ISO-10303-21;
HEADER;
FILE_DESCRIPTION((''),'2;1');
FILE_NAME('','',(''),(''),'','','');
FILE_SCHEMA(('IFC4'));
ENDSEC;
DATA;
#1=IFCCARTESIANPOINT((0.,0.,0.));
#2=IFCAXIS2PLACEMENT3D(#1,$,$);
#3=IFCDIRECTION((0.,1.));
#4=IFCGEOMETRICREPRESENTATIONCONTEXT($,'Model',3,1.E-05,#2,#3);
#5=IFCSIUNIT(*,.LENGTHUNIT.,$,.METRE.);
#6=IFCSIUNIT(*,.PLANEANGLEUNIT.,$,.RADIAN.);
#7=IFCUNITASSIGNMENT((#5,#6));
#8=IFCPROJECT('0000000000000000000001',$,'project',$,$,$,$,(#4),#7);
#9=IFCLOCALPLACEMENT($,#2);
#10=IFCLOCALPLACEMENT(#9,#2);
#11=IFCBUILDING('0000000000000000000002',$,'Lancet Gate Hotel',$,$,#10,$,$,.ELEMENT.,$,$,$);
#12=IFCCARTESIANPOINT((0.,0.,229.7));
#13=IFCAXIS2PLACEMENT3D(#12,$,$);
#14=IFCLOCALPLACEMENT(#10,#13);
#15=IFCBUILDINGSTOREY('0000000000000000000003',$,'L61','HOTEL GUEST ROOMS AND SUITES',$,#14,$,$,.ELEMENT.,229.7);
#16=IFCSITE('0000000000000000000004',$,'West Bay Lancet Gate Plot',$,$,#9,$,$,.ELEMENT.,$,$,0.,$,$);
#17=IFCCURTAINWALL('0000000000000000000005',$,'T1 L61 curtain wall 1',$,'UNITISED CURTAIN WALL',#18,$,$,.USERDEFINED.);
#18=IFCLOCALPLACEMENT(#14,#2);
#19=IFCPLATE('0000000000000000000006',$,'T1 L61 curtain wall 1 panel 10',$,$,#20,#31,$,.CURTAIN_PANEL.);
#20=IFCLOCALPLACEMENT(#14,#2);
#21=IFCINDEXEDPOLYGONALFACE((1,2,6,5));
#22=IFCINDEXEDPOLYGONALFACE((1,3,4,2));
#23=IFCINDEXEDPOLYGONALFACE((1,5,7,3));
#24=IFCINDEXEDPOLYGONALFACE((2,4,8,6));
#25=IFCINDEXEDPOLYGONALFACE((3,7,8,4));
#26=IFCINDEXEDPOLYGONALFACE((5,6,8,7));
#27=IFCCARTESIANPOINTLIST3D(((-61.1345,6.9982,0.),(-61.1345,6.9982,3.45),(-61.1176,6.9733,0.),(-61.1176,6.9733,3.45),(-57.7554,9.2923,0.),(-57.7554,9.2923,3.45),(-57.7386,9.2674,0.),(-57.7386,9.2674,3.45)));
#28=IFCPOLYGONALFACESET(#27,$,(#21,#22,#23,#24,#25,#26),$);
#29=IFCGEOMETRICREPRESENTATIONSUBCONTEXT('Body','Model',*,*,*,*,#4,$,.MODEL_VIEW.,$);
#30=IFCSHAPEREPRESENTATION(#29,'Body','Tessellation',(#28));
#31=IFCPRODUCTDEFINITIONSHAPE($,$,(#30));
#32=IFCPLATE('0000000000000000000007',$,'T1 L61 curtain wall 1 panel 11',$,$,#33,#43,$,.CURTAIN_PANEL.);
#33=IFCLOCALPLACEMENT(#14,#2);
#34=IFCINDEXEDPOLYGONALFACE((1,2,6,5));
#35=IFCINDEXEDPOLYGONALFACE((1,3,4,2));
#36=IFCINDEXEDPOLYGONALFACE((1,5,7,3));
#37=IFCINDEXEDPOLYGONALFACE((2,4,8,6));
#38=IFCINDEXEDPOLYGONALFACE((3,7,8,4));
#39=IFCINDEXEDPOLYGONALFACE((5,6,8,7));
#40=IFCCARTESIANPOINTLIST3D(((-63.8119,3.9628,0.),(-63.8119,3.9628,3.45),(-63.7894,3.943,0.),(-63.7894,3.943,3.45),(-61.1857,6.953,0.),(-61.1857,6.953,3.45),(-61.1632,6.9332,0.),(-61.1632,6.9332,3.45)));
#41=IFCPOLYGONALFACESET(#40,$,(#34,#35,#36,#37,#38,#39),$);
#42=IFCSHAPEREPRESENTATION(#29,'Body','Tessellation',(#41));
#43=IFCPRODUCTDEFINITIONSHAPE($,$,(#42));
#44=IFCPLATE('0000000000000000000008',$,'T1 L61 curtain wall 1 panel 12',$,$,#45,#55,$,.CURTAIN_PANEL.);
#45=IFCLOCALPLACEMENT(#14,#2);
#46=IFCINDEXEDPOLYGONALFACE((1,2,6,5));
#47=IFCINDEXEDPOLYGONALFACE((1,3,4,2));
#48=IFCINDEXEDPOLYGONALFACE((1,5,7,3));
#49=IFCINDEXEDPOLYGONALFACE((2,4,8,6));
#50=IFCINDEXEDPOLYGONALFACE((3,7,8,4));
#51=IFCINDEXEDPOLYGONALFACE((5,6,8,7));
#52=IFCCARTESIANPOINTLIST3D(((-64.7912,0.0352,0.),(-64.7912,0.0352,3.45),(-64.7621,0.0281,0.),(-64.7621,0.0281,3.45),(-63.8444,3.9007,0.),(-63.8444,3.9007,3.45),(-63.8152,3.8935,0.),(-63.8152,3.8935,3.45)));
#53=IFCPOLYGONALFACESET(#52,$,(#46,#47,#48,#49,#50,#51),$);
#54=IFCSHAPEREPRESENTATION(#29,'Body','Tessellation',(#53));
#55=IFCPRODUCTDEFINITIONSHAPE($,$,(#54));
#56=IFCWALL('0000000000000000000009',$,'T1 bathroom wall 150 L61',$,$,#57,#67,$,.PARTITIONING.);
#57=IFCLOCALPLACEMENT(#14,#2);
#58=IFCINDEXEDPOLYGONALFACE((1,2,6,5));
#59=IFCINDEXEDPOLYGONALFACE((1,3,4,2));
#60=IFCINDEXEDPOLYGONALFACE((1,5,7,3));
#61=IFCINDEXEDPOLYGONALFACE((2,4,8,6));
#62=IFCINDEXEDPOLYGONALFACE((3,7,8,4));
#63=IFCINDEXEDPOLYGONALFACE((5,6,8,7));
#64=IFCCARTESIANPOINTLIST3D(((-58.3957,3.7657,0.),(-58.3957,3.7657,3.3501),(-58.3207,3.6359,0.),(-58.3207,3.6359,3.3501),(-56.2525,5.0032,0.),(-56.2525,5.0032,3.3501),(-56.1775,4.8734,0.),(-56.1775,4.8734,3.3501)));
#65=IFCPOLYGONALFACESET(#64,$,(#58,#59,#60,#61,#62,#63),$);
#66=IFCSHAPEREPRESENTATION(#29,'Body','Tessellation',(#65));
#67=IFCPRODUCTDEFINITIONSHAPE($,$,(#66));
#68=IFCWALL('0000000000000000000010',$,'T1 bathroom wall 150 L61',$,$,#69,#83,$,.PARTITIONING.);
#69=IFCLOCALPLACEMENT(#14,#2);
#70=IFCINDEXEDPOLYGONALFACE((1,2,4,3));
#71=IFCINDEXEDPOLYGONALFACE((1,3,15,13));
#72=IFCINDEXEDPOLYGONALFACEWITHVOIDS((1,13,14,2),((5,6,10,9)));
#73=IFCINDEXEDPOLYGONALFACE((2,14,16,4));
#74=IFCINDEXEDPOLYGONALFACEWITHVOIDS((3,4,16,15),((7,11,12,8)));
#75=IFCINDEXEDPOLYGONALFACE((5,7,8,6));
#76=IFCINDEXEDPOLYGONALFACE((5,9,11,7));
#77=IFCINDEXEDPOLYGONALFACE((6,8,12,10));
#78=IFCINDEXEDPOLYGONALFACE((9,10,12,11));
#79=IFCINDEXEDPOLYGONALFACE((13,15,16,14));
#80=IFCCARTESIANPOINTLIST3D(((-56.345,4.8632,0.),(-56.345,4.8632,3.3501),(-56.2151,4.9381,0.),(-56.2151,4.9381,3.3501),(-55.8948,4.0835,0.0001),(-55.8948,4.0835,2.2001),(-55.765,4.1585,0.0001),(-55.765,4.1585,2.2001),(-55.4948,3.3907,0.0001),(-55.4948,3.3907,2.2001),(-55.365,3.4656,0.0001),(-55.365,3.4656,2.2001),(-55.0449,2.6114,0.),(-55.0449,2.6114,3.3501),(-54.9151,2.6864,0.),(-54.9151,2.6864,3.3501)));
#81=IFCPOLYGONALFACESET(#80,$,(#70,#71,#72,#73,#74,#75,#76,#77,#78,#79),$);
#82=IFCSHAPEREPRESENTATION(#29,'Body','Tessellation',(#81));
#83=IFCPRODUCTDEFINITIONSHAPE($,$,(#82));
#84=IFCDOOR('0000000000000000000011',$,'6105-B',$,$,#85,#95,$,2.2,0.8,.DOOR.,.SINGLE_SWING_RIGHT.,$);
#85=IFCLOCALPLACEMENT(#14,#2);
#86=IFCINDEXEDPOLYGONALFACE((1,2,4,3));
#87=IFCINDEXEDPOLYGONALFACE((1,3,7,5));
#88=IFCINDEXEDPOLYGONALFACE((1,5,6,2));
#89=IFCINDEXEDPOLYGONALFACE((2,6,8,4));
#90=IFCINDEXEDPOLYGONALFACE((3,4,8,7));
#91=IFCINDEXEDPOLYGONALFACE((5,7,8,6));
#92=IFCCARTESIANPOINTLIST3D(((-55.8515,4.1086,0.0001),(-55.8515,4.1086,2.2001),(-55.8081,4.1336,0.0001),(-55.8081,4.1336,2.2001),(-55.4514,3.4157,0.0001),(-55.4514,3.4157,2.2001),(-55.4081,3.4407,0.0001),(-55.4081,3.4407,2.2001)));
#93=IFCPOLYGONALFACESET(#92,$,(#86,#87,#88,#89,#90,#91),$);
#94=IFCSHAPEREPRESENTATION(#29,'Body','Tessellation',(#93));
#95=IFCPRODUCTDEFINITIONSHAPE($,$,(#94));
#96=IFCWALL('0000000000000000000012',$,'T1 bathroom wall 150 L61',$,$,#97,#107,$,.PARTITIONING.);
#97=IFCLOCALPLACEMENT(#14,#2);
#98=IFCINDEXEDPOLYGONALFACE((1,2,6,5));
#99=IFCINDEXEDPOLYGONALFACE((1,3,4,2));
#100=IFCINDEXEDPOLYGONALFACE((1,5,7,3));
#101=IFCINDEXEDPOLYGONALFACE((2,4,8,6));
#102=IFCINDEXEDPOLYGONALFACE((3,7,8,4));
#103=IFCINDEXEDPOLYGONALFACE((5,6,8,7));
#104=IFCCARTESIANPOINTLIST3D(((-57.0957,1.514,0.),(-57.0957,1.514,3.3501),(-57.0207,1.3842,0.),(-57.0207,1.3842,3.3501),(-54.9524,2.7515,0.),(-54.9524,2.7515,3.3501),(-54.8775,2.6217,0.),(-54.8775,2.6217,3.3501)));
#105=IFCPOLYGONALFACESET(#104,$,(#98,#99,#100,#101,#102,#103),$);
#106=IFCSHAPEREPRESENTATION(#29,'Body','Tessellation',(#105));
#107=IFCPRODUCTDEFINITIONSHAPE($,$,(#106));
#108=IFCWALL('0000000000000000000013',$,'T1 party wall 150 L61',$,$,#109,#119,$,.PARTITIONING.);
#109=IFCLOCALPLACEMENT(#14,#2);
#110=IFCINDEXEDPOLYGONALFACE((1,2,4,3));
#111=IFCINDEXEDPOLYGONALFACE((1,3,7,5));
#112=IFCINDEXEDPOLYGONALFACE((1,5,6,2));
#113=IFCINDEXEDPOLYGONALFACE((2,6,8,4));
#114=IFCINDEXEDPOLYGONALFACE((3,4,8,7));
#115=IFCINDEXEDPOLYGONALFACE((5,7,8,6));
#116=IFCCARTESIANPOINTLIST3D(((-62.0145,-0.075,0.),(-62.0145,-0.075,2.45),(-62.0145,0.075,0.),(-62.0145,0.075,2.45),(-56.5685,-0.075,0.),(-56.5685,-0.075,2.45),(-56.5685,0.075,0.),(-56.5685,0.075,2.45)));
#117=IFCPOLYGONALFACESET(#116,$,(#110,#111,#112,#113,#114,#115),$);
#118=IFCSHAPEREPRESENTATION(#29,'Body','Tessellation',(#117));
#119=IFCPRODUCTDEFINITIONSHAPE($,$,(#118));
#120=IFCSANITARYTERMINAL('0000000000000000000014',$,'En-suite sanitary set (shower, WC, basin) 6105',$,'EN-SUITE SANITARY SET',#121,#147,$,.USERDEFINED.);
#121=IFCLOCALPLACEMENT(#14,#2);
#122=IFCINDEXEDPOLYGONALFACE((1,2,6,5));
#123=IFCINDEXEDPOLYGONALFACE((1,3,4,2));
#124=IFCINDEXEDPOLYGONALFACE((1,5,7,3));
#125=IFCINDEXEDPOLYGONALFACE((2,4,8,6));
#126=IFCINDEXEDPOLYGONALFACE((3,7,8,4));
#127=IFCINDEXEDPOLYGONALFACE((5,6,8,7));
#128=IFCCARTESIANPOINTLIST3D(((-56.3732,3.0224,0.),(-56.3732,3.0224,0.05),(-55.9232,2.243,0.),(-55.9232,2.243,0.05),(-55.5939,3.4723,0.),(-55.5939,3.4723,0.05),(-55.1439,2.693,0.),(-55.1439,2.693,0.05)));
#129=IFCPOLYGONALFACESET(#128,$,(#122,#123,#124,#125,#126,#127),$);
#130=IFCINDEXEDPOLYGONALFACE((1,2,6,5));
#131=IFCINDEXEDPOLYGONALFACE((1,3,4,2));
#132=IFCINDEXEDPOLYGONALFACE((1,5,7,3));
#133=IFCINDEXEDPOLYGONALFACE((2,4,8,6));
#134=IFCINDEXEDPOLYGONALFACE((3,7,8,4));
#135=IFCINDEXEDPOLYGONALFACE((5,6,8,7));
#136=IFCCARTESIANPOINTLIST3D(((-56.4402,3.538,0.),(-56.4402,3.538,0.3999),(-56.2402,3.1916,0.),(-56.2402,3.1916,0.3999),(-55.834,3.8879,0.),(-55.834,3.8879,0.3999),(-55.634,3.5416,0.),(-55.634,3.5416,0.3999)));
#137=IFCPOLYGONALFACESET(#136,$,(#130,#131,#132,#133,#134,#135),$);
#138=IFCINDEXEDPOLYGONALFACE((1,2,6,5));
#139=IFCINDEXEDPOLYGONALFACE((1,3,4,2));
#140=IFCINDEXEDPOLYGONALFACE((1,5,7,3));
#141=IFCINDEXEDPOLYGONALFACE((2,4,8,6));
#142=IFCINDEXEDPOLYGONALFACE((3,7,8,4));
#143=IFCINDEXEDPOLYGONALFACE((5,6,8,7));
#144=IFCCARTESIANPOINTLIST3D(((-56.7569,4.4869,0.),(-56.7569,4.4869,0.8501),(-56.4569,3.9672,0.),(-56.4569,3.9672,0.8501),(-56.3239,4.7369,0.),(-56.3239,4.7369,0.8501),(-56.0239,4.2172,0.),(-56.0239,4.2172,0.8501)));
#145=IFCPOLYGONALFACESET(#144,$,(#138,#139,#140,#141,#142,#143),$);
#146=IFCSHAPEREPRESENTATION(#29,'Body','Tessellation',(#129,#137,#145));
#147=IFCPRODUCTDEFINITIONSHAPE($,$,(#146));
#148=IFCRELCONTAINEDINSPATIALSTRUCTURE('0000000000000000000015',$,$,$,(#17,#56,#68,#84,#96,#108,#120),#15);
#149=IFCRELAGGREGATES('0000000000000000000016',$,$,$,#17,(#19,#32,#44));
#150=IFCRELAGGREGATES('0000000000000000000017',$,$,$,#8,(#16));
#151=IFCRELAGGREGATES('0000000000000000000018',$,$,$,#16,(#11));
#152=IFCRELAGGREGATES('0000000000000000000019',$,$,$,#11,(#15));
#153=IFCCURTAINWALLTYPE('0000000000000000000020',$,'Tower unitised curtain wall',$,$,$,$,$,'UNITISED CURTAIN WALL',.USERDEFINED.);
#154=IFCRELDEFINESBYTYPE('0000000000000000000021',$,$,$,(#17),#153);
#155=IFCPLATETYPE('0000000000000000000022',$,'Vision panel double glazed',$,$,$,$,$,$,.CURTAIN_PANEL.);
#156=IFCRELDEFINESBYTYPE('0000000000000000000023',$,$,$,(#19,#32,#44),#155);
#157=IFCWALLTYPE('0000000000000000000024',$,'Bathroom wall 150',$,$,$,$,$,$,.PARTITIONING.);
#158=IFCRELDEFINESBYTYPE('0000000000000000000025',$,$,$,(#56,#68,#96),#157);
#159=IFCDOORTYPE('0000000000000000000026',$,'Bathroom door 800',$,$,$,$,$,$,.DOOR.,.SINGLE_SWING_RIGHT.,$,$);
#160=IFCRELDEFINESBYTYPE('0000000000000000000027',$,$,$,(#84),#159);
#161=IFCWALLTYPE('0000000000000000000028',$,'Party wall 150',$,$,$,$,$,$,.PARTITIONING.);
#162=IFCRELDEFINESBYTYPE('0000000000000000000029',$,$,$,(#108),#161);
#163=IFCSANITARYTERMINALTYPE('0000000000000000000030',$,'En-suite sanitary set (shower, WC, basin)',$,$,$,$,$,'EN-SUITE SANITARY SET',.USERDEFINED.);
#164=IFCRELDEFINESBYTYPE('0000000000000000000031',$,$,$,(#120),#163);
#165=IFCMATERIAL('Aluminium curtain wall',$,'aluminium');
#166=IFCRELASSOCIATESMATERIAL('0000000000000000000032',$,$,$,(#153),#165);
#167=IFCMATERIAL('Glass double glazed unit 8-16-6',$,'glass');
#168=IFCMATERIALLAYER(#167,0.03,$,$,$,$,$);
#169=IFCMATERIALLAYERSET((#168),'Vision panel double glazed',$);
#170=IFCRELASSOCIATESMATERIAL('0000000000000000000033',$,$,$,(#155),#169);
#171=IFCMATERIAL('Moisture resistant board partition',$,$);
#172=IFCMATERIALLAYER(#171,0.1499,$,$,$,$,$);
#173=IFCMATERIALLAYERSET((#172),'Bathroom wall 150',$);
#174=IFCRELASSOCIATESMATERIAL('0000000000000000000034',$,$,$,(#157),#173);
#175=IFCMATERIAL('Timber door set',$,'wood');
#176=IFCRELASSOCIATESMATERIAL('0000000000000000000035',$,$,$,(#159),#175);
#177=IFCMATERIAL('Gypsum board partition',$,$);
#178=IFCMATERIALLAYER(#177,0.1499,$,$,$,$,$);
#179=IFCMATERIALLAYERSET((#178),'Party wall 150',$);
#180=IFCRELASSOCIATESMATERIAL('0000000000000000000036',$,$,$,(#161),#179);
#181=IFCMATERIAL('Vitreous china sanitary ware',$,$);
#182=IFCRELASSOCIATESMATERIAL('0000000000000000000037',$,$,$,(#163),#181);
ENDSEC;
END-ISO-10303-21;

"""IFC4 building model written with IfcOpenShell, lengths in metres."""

from ifc_helpers import new_model, si_unit, direction, frame, frame_2d, origin, origin_2d, place, context, subcontext, project, spatial, rectangle, extrude, material, layer, layer_set, type_object, element, fill, aggregate, save


model = new_model("IFC4")

# Units and contexts
model_context = context("Model", 3, precision=1e-05, world=origin(), true_north=direction((0.0, 1.0)))
body_context = subcontext(model_context, "Body", "Model", "MODEL_VIEW")
ifc_project = project(units=[si_unit("LENGTHUNIT", "METRE"), si_unit("PLANEANGLEUNIT", "RADIAN")], contexts=[model_context])

# Site, building, storey
site_placement = place(None, origin())
site = spatial("IfcSite", under=ifc_project, at=site_placement, Name="West Bay Lancet Gate Plot", CompositionType="ELEMENT", RefElevation=0.0)
building_placement = place(site_placement, origin())
building = spatial("IfcBuilding", under=site, at=building_placement, Name="Lancet Gate Hotel", CompositionType="ELEMENT")
storey_placement = place(building_placement, frame((0.0, 0.0, 229.7)))
storey = spatial("IfcBuildingStorey", under=building, at=storey_placement, Name="L61", Description="HOTEL GUEST ROOMS AND SUITES", CompositionType="ELEMENT", Elevation=229.7)

# Curtain wall
ifc_material_1 = material(Name="Aluminium curtain wall", Category="aluminium")
curtain_wall_type = type_object("IfcCurtainWallType", Name="Tower unitised curtain wall", ElementType="UNITISED CURTAIN WALL", PredefinedType="USERDEFINED", material=ifc_material_1)
curtain_wall_placement = place(storey_placement, origin())
curtain_wall = element("IfcCurtainWall", 1, at=curtain_wall_placement, inside=storey, type_object=curtain_wall_type, Name="T1 L61 curtain wall 1", ObjectType="UNITISED CURTAIN WALL", PredefinedType="USERDEFINED")

# Plates
ifc_material_2 = material(Name="Glass double glazed unit 8-16-6", Category="glass")
ifc_layer_1 = layer(ifc_material_2, 0.03)
ifc_layer_set_1 = layer_set([ifc_layer_1], Name="Vision panel double glazed")
plate_type = type_object("IfcPlateType", Name="Vision panel double glazed", PredefinedType="CURTAIN_PANEL", material=ifc_layer_set_1)
plate_1_placement = place(storey_placement, frame((-59.4365, 8.1328, 0.0), z_axis=(0.0, 0.0, 1.0), x_axis=(-0.827342, -0.561698, 0.0)))
plate_1 = element("IfcPlate", 2, at=plate_1_placement, type_object=plate_type, Name="T1 L61 curtain wall 1 panel 10", PredefinedType="CURTAIN_PANEL", context=body_context, shape_type="SweptSolid", body=[
    extrude(rectangle(XDim=4.0842, YDim=0.03, at=origin_2d()), origin(), (0.0, 0.0, 1.0), 3.45),
])
plate_2_placement = place(storey_placement, frame((-62.4875, 5.448, 0.0), z_axis=(0.0, 0.0, 1.0), x_axis=(-0.659892, -0.751361, 0.0)))
plate_2 = element("IfcPlate", 3, at=plate_2_placement, type_object=plate_type, Name="T1 L61 curtain wall 1 panel 11", PredefinedType="CURTAIN_PANEL", context=body_context, shape_type="SweptSolid", body=[
    extrude(rectangle(XDim=3.9797, YDim=0.03, at=origin_2d()), origin(), (0.0, 0.0, 1.0), 3.45),
])
plate_3_placement = place(storey_placement, frame((-64.3032, 1.9644, 0.0), z_axis=(0.0, 0.0, 1.0), x_axis=(-0.237921, -0.971285, 0.0)))
plate_3 = element("IfcPlate", 4, at=plate_3_placement, type_object=plate_type, Name="T1 L61 curtain wall 1 panel 12", PredefinedType="CURTAIN_PANEL", context=body_context, shape_type="SweptSolid", body=[
    extrude(rectangle(XDim=3.9797, YDim=0.03, at=origin_2d()), origin(), (0.0, 0.0, 1.0), 3.45),
])
aggregate(curtain_wall, [plate_1, plate_2, plate_3])

# Wall
ifc_material_3 = material(Name="Moisture resistant board partition")
ifc_layer_2 = layer(ifc_material_3, 0.1499)
ifc_layer_set_2 = layer_set([ifc_layer_2], Name="Bathroom wall 150")
wall_type_1 = type_object("IfcWallType", Name="Bathroom wall 150", PredefinedType="PARTITIONING", material=ifc_layer_set_2)
wall_1_placement = place(storey_placement, frame((-56.2151, 4.9382, 0.0), z_axis=(0.0, 0.0, 1.0), x_axis=(-0.866007, -0.500033, 0.0)))
element("IfcWall", 5, at=wall_1_placement, inside=storey, type_object=wall_type_1, Name="T1 bathroom wall 150 L61", PredefinedType="PARTITIONING", context=body_context, shape_type="SweptSolid", body=[
    extrude(rectangle(XDim=2.4749, YDim=0.1499, at=frame_2d((1.2373, 0.0))), origin(), (0.0, 0.0, 1.0), 3.3501),
])

# Wall, opening, door
wall_2_placement = place(storey_placement, frame((-54.98, 2.6489, 0.0), z_axis=(0.0, 0.0, 1.0), x_axis=(-0.500007, 0.866021, 0.0)))
wall_2 = element("IfcWall", 6, at=wall_2_placement, inside=storey, type_object=wall_type_1, Name="T1 bathroom wall 150 L61", PredefinedType="PARTITIONING", context=body_context, shape_type="SweptSolid", body=[
    extrude(rectangle(XDim=2.6001, YDim=0.1499, at=frame_2d((1.3, 0.0))), origin(), (0.0, 0.0, 1.0), 3.3501),
])
opening_placement = place(wall_2_placement, frame((0.8999, 0.0, 0.0)))
opening = element("IfcOpeningElement", 7, at=opening_placement, cuts=wall_2, PredefinedType="OPENING", context=body_context, shape_type="SweptSolid", body=[
    extrude(rectangle(XDim=0.8, YDim=2.2, at=frame_2d((0.3999, 1.1001))), frame((0.0, 0.085, 0.0), z_axis=(0.0, -1.0, 0.0), x_axis=(1.0, 0.0, 0.0)), (0.0, 0.0, 1.0), 0.1699),
])
ifc_material_4 = material(Name="Timber door set", Category="wood")
door_type = type_object("IfcDoorType", Name="Bathroom door 800", OperationType="SINGLE_SWING_RIGHT", PredefinedType="DOOR", material=ifc_material_4)
door_placement = place(opening_placement, origin())
door = element("IfcDoor", 8, at=door_placement, inside=storey, type_object=door_type, Name="6105-B", OperationType="SINGLE_SWING_RIGHT", OverallHeight=2.2, OverallWidth=0.8, PredefinedType="DOOR", context=body_context, shape_type="SweptSolid", body=[
    extrude(rectangle(XDim=0.8, YDim=2.2, at=frame_2d((0.3999, 1.1001))), frame((0.0, 0.0249, 0.0), z_axis=(0.0, -1.0, 0.0), x_axis=(1.0, 0.0, 0.0)), (0.0, 0.0, 1.0), 0.05),
])
fill(opening, door)

# Walls
wall_3_placement = place(storey_placement, frame((-54.915, 2.6865, 0.0), z_axis=(0.0, 0.0, 1.0), x_axis=(-0.866007, -0.500033, 0.0)))
element("IfcWall", 9, at=wall_3_placement, inside=storey, type_object=wall_type_1, Name="T1 bathroom wall 150 L61", PredefinedType="PARTITIONING", context=body_context, shape_type="SweptSolid", body=[
    extrude(rectangle(XDim=2.4749, YDim=0.1499, at=frame_2d((1.2373, 0.0))), origin(), (0.0, 0.0, 1.0), 3.3501),
])
ifc_material_5 = material(Name="Gypsum board partition")
ifc_layer_3 = layer(ifc_material_5, 0.1499)
ifc_layer_set_3 = layer_set([ifc_layer_3], Name="Party wall 150")
wall_type_2 = type_object("IfcWallType", Name="Party wall 150", PredefinedType="PARTITIONING", material=ifc_layer_set_3)
wall_4_placement = place(storey_placement, frame((-56.5684, 0.0, 0.0), z_axis=(0.0, 0.0, 1.0), x_axis=(-1.0, 0.0, 0.0)))
element("IfcWall", 10, at=wall_4_placement, inside=storey, type_object=wall_type_2, Name="T1 party wall 150 L61", PredefinedType="PARTITIONING", context=body_context, shape_type="SweptSolid", body=[
    extrude(rectangle(XDim=5.446, YDim=0.1499, at=frame_2d((2.7231, 0.0))), origin(), (0.0, 0.0, 1.0), 2.45),
])

# Sanitary terminal
ifc_material_6 = material(Name="Vitreous china sanitary ware")
sanitary_terminal_type = type_object("IfcSanitaryTerminalType", Name="En-suite sanitary set (shower, WC, basin)", ElementType="EN-SUITE SANITARY SET", PredefinedType="USERDEFINED", material=ifc_material_6)
sanitary_terminal_placement = place(storey_placement, frame((-55.7585, 2.8577, 0.0), z_axis=(0.0, 0.0, 1.0), x_axis=(1.0, 0.0, 0.0)))
element("IfcSanitaryTerminal", 11, at=sanitary_terminal_placement, inside=storey, type_object=sanitary_terminal_type, Name="En-suite sanitary set (shower, WC, basin) 6105", ObjectType="EN-SUITE SANITARY SET", PredefinedType="USERDEFINED", context=body_context, shape_type="SweptSolid", body=[
    extrude(rectangle(XDim=0.8999, YDim=0.8999, at=origin_2d()), frame((0.0, 0.0, 0.0), z_axis=(0.0, 0.0, 1.0), x_axis=(0.5, -0.866025, 0.0)), (0.0, 0.0, 1.0), 0.05),
    extrude(rectangle(XDim=0.3999, YDim=0.7, at=origin_2d()), frame((-0.2786, 0.6821, 0.0), z_axis=(0.0, 0.0, 1.0), x_axis=(0.5, -0.866025, 0.0)), (0.0, 0.0, 1.0), 0.3999),
    extrude(rectangle(XDim=0.6001, YDim=0.5, at=origin_2d()), frame((-0.6318, 1.4944, 0.0), z_axis=(0.0, 0.0, 1.0), x_axis=(0.5, -0.866025, 0.0)), (0.0, 0.0, 1.0), 0.8501),
])

save(model, "model.ifc")
